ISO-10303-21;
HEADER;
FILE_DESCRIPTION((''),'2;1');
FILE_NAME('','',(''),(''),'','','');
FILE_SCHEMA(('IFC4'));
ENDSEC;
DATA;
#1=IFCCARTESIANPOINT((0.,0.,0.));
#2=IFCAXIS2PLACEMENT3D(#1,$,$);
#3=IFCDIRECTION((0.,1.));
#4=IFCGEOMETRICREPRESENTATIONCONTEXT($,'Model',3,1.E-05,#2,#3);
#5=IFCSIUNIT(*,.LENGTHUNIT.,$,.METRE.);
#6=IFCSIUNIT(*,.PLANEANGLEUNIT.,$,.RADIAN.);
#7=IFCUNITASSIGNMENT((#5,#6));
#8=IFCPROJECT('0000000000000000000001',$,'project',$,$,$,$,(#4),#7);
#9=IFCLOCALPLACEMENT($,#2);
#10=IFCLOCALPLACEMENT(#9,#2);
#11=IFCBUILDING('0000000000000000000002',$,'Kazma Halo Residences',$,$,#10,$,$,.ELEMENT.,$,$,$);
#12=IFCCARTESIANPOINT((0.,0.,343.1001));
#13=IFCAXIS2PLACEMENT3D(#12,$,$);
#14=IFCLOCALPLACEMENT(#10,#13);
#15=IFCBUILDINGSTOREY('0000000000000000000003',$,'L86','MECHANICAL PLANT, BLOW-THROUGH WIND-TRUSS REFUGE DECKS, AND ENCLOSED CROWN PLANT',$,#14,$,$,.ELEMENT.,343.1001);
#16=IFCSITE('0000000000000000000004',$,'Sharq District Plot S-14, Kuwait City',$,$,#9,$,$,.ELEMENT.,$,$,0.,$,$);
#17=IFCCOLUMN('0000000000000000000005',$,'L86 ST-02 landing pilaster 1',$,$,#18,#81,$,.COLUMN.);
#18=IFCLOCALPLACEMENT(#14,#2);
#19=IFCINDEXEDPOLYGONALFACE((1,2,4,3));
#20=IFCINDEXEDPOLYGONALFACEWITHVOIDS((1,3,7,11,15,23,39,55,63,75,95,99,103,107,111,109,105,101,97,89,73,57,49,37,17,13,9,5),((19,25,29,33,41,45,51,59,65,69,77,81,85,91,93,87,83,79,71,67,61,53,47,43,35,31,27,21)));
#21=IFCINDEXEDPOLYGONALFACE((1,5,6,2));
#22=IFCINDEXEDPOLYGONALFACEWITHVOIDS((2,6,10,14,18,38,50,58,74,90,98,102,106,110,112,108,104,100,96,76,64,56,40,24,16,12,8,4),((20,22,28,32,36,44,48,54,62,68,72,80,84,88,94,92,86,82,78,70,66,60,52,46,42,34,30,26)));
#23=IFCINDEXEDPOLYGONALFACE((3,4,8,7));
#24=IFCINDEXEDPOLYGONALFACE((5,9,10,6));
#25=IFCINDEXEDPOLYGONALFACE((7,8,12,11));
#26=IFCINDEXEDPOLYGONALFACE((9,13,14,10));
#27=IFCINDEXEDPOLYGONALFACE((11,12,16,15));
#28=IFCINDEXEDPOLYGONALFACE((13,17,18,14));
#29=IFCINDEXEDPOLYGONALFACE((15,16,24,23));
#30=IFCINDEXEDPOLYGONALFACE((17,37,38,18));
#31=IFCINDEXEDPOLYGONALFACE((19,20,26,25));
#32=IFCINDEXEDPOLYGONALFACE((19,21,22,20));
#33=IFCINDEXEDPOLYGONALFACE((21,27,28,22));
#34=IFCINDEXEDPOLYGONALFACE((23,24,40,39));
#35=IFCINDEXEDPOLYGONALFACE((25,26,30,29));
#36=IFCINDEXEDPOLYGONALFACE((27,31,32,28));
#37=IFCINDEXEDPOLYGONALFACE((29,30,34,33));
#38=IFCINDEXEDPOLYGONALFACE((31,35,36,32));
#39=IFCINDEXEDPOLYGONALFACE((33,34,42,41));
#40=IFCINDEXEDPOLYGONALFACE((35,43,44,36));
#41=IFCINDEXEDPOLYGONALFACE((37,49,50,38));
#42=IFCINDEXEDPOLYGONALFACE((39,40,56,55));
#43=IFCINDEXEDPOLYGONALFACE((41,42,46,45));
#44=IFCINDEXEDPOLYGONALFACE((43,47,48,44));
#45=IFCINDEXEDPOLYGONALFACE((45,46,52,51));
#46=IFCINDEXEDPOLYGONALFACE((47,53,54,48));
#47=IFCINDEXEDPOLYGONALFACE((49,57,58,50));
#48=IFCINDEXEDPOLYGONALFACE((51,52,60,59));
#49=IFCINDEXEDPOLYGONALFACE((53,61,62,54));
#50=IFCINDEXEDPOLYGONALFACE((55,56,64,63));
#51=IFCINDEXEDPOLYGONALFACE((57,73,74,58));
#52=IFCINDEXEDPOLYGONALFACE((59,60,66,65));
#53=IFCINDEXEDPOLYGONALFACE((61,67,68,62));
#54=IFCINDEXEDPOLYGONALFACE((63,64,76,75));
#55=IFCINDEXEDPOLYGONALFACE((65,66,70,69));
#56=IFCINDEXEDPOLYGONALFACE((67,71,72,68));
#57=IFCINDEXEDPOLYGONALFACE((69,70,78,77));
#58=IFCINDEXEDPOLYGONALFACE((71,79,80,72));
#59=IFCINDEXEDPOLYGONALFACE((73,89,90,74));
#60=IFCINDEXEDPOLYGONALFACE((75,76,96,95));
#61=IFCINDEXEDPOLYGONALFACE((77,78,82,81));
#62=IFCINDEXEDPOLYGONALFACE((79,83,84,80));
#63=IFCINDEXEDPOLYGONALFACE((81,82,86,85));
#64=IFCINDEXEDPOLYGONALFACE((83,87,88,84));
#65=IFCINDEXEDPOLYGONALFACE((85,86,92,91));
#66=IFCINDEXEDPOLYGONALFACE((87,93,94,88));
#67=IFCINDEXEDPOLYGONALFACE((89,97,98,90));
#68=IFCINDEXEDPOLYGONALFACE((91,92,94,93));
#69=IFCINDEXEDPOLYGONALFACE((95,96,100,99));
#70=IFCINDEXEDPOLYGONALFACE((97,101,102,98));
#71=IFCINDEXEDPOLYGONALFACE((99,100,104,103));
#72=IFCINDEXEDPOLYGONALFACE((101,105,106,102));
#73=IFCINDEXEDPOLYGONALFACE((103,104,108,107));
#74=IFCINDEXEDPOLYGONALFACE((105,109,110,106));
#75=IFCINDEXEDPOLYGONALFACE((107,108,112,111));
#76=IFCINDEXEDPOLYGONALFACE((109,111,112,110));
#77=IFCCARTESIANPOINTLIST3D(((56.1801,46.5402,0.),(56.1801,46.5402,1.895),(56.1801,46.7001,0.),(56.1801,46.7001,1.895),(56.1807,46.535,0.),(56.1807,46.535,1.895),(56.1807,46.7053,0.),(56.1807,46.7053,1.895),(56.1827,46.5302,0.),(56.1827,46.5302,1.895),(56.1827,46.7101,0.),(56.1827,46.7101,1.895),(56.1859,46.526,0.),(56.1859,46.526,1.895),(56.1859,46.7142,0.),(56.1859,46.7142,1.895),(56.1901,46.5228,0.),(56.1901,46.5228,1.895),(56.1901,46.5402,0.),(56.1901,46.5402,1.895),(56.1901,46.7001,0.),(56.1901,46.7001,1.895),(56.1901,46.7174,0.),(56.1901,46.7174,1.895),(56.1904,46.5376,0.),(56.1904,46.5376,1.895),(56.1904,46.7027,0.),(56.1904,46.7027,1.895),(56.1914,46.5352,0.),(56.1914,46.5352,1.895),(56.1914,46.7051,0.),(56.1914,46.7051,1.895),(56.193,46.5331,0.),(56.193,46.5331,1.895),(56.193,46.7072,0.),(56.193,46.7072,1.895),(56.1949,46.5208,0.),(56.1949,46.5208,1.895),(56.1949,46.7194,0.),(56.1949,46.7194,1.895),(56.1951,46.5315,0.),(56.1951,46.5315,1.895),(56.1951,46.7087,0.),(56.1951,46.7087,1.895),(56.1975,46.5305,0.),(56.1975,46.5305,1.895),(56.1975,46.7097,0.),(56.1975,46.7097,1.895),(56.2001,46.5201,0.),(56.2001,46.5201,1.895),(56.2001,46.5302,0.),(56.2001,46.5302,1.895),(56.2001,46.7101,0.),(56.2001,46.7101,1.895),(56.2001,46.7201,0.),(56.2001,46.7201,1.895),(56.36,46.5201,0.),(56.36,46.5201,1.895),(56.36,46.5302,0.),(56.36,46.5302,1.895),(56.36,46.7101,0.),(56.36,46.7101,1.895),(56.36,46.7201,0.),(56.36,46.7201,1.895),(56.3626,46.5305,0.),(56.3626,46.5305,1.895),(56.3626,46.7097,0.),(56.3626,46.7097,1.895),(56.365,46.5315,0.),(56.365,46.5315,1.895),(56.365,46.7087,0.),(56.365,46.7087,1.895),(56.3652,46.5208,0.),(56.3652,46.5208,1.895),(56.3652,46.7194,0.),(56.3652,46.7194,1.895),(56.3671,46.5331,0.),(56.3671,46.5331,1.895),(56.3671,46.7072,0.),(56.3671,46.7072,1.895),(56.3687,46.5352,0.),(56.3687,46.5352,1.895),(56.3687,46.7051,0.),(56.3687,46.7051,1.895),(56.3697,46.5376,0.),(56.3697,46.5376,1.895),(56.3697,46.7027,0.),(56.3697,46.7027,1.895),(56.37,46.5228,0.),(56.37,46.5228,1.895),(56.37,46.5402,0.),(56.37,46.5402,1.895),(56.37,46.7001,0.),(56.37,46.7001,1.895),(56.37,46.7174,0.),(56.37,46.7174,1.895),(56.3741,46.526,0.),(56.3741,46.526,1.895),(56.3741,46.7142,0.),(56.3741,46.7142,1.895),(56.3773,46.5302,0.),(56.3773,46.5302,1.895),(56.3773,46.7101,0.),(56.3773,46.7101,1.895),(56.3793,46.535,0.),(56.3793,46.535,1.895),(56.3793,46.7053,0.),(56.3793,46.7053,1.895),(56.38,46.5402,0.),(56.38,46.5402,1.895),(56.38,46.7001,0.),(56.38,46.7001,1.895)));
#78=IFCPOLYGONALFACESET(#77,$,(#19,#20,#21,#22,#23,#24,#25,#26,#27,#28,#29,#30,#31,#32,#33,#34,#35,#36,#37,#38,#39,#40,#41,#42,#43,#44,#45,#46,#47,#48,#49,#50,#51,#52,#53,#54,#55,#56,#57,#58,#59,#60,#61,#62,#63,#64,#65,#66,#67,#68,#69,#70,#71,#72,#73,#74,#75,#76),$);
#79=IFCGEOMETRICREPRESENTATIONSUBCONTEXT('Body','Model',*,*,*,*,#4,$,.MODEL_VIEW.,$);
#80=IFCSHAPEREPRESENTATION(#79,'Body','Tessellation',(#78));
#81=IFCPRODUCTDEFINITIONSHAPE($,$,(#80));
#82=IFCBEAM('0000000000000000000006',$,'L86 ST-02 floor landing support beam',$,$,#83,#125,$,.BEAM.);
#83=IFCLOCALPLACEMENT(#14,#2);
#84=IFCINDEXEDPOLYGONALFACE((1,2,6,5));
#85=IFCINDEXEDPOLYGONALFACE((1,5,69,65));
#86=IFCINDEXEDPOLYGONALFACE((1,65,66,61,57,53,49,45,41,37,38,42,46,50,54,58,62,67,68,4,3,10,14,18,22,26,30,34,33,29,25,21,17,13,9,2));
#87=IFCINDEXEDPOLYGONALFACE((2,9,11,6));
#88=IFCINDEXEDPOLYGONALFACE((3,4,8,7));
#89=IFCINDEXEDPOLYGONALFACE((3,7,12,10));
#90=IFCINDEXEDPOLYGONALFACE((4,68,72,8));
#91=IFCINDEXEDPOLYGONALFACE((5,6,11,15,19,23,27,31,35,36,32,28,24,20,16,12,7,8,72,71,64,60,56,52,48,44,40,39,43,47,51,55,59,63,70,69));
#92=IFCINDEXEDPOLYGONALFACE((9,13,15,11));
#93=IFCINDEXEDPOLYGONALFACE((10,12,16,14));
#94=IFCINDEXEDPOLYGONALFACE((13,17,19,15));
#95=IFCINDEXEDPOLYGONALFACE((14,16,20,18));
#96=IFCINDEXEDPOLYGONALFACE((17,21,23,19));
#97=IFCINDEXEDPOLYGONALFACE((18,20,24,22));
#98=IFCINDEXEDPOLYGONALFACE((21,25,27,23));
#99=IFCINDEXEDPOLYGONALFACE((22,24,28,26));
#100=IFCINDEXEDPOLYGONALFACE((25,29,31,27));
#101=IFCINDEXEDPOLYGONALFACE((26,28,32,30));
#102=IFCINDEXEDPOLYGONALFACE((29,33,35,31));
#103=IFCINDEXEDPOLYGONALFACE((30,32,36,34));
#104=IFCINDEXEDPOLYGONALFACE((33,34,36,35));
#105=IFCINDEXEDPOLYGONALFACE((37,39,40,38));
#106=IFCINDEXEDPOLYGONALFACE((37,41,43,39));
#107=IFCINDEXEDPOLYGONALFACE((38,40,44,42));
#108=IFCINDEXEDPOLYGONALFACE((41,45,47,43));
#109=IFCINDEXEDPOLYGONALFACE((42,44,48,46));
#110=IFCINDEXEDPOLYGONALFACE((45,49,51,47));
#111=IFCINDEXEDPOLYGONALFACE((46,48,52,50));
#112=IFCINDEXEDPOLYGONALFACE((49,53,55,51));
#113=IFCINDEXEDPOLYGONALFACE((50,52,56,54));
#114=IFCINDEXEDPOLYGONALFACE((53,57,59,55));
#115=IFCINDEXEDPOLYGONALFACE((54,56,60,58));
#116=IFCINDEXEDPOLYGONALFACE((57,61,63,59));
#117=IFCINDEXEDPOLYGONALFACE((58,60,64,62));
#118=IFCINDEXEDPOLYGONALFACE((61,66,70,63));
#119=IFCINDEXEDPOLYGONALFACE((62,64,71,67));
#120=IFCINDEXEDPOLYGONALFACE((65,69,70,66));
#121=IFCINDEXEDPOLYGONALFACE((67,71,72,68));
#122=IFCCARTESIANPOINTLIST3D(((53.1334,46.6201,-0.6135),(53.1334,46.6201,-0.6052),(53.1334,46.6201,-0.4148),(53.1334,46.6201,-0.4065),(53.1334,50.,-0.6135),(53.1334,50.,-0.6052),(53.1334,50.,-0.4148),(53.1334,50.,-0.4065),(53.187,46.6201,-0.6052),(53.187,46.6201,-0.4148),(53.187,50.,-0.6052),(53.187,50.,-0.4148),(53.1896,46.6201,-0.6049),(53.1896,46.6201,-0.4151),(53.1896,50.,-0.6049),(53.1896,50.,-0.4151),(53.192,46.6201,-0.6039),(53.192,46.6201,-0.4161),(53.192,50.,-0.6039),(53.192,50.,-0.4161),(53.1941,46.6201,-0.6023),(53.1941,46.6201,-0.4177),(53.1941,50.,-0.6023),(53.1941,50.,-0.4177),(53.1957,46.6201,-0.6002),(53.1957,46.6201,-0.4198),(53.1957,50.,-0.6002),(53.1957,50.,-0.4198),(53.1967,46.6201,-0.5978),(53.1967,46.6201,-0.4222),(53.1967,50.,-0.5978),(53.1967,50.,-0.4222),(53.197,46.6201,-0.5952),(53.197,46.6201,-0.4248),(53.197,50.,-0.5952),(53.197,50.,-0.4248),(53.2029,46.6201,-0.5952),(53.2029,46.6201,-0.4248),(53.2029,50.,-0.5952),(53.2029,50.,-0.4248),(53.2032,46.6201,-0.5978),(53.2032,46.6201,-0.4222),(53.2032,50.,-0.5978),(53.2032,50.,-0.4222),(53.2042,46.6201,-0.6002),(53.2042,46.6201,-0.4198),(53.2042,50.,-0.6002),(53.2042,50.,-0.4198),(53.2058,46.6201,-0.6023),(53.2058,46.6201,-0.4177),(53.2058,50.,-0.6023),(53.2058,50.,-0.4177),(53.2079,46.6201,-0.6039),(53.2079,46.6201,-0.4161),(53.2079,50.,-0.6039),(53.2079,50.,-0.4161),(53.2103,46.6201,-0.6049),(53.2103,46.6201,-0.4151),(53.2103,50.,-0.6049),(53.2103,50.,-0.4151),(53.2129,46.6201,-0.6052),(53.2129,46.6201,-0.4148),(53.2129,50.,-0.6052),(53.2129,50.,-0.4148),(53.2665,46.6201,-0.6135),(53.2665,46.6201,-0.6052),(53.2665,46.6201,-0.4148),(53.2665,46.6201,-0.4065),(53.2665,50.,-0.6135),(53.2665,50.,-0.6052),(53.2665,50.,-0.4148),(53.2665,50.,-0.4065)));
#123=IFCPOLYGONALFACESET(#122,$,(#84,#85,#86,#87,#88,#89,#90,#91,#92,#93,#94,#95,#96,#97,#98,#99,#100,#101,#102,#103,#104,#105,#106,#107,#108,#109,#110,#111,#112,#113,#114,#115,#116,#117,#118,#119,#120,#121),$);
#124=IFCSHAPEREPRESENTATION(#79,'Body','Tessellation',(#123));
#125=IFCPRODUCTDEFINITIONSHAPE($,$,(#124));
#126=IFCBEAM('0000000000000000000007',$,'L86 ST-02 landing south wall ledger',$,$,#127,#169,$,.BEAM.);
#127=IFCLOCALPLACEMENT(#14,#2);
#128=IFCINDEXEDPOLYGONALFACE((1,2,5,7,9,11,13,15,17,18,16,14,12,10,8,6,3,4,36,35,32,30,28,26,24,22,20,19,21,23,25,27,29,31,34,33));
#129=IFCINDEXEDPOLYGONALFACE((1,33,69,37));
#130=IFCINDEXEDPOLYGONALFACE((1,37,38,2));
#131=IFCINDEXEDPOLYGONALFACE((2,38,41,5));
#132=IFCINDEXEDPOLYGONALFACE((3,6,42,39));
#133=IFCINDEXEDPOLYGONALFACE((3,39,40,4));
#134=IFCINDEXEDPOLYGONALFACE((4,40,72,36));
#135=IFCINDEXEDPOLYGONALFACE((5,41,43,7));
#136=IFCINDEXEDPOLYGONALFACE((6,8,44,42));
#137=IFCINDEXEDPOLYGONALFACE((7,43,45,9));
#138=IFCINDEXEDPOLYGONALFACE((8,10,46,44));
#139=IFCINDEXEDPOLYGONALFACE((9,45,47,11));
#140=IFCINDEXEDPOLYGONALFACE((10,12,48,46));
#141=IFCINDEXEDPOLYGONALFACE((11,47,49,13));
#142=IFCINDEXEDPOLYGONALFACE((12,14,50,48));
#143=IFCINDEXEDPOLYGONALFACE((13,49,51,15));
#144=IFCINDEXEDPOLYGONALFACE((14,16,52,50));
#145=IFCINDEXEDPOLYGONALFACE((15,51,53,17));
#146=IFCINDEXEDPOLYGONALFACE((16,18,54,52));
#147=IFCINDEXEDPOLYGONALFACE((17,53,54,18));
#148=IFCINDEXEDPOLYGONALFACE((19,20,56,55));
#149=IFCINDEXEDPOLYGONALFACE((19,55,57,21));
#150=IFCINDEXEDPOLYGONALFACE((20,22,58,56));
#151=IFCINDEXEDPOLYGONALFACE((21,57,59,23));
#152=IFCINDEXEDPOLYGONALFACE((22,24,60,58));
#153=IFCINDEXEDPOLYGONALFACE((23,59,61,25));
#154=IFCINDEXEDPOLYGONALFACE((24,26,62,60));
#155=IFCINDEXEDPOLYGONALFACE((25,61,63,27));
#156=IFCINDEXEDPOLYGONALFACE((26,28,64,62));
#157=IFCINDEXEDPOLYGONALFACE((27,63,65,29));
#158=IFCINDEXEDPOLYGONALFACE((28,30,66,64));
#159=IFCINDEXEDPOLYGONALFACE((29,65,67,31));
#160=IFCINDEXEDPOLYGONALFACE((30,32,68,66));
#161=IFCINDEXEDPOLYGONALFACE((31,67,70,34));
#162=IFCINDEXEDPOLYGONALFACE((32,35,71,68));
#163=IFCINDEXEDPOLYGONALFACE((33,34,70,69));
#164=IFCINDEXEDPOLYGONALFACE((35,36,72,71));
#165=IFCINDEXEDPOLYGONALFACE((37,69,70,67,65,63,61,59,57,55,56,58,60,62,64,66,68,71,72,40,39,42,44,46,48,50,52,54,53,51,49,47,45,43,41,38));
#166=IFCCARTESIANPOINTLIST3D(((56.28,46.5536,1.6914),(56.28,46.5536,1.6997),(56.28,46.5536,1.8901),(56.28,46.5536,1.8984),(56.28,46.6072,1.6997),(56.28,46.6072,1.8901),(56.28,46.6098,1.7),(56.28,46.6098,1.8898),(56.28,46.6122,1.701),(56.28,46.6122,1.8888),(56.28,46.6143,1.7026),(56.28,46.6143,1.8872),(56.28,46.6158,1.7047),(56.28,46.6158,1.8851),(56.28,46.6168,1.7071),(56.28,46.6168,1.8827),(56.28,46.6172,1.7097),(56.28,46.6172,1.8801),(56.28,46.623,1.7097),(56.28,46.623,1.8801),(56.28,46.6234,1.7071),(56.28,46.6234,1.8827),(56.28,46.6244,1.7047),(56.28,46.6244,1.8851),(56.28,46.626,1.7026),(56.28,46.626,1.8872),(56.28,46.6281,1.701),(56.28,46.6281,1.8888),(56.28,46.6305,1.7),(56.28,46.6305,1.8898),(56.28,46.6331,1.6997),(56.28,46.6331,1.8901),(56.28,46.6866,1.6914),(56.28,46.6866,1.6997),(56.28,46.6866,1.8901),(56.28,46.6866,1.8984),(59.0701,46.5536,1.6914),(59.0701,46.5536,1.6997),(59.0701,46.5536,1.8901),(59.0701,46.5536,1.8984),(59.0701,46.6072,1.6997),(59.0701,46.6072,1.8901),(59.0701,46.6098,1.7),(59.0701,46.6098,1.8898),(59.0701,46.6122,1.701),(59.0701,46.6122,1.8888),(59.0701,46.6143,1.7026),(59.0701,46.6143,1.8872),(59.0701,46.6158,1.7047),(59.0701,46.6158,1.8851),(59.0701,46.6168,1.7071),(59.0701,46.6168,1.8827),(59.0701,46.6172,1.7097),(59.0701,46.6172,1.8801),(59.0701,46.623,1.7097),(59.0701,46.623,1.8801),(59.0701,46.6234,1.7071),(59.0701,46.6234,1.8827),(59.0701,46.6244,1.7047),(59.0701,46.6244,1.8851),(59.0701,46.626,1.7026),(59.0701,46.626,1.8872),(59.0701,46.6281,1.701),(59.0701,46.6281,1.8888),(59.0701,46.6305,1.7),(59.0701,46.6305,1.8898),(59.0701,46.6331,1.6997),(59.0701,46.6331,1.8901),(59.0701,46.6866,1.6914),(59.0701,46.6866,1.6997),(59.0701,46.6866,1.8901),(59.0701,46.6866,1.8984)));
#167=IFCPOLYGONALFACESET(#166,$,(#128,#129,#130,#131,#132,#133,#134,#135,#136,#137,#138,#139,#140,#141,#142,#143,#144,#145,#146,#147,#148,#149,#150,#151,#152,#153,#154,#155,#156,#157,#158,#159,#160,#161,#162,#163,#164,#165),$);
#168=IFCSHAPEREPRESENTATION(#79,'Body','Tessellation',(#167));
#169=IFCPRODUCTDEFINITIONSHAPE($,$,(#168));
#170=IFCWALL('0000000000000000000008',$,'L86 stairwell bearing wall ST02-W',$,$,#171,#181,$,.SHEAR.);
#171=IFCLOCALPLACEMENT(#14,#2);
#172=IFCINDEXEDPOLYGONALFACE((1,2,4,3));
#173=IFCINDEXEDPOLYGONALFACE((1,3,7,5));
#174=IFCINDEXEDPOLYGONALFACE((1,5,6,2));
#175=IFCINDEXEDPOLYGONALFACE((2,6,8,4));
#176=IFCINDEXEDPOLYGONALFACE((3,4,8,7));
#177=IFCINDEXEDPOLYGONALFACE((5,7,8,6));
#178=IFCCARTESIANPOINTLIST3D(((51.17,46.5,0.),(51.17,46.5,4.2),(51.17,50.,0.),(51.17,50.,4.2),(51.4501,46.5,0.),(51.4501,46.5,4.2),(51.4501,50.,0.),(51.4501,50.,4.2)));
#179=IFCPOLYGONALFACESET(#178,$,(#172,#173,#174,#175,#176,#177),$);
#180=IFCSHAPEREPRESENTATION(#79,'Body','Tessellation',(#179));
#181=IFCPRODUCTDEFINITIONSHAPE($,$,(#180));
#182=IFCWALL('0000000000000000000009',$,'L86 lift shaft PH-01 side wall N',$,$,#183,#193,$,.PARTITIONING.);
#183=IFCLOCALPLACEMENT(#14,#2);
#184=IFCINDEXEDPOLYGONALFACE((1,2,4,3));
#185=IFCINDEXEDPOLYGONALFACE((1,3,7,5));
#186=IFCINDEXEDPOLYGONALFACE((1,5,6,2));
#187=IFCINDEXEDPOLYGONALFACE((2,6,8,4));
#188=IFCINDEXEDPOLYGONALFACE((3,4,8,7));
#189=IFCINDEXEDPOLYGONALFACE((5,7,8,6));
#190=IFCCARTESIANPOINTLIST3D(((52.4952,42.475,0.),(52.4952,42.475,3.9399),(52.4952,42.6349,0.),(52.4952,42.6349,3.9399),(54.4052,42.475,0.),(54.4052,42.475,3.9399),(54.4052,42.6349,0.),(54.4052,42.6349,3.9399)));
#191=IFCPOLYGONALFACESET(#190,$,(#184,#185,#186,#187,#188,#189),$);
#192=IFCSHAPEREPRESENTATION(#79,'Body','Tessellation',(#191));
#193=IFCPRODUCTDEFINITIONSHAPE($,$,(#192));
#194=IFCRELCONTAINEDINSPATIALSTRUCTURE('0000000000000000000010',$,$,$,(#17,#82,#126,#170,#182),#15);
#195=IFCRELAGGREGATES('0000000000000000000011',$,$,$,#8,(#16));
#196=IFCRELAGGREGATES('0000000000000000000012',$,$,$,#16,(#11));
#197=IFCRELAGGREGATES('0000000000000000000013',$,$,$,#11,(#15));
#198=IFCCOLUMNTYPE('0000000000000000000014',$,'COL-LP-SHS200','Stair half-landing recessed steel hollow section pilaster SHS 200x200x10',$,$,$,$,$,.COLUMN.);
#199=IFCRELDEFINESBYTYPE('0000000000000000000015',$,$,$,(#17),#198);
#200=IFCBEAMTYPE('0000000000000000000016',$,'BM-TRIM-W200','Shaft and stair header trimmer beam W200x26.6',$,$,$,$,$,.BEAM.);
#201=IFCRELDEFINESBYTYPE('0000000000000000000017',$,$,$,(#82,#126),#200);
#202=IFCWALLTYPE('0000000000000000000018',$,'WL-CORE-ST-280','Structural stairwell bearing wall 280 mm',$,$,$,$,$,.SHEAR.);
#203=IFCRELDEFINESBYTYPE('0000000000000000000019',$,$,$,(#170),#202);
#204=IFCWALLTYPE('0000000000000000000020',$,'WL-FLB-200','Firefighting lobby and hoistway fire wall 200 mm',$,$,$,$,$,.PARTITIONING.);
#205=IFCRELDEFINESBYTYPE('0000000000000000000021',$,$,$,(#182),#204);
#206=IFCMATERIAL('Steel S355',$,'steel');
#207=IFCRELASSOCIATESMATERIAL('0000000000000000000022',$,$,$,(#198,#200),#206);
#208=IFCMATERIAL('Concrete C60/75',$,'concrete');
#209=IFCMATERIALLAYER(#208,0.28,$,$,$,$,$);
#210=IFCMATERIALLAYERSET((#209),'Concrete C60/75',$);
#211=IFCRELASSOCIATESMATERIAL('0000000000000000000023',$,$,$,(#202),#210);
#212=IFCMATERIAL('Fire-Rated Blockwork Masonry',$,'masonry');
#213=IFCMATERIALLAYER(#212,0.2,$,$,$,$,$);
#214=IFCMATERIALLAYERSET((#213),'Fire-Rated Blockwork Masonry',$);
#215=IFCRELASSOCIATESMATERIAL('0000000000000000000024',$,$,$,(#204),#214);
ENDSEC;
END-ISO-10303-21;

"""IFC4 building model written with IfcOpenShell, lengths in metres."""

from ifc_helpers import new_model, si_unit, direction, frame, frame_2d, origin, origin_2d, place, context, subcontext, project, spatial, rectangle, hollow_rectangle, i_section, extrude, material, layer, layer_set, material_profile, profile_set, type_object, element, save


model = new_model("IFC4")

# Units and contexts
model_context = context("Model", 3, precision=1e-05, world=origin(), true_north=direction((0.0, 1.0)))
body_context = subcontext(model_context, "Body", "Model", "MODEL_VIEW")
ifc_project = project(units=[si_unit("LENGTHUNIT", "METRE"), si_unit("PLANEANGLEUNIT", "RADIAN")], contexts=[model_context])

# Site, building, storey
site_placement = place(None, origin())
site = spatial("IfcSite", under=ifc_project, at=site_placement, Name="Sharq District Plot S-14, Kuwait City", CompositionType="ELEMENT", RefElevation=0.0)
building_placement = place(site_placement, origin())
building = spatial("IfcBuilding", under=site, at=building_placement, Name="Kazma Halo Residences", CompositionType="ELEMENT")
storey_placement = place(building_placement, frame((0.0, 0.0, 343.1001)))
storey = spatial("IfcBuildingStorey", under=building, at=storey_placement, Name="L86", Description="MECHANICAL PLANT, BLOW-THROUGH WIND-TRUSS REFUGE DECKS, AND ENCLOSED CROWN PLANT", CompositionType="ELEMENT", Elevation=343.1001)

# Column
ifc_material_1 = material(Name="Steel S355", Category="steel")
ifc_material_profile_1 = material_profile(ifc_material_1, hollow_rectangle(XDim=0.2, YDim=0.2, WallThickness=0.01, InnerFilletRadius=0.01, OuterFilletRadius=0.02, at=origin_2d()), Name="SHS200x200x10")
ifc_profile_set_1 = profile_set([ifc_material_profile_1], Name="Steel S355")
column_type = type_object("IfcColumnType", Name="COL-LP-SHS200", Description="Stair half-landing recessed steel hollow section pilaster SHS 200x200x10", PredefinedType="COLUMN", material=ifc_profile_set_1)
column_placement = place(storey_placement, frame((56.28, 46.6201, 0.0), z_axis=(0.0, 0.0, 1.0), x_axis=(1.0, 0.0, 0.0)))
element("IfcColumn", 1, at=column_placement, inside=storey, type_object=column_type, Name="L86 ST-02 landing pilaster 1", PredefinedType="COLUMN", context=body_context, shape_type="SweptSolid", body=[
    extrude(hollow_rectangle(XDim=0.2, YDim=0.2, WallThickness=0.01, InnerFilletRadius=0.01, OuterFilletRadius=0.02, at=origin_2d()), origin(), (0.0, 0.0, 1.0), 1.895),
])

# Beams
ifc_material_profile_2 = material_profile(ifc_material_1, i_section(OverallWidth=0.1331, OverallDepth=0.207, WebThickness=0.0059, FlangeThickness=0.0083, FilletRadius=0.01, at=origin_2d()), Name="W200x26.6")
ifc_profile_set_2 = profile_set([ifc_material_profile_2], Name="Steel S355")
beam_type = type_object("IfcBeamType", Name="BM-TRIM-W200", Description="Shaft and stair header trimmer beam W200x26.6", PredefinedType="BEAM", material=ifc_profile_set_2)
beam_1_placement = place(storey_placement, frame((53.2, 46.6201, -0.51), z_axis=(0.0, 1.0, 0.0), x_axis=(-1.0, 0.0, 0.0)))
element("IfcBeam", 2, at=beam_1_placement, inside=storey, type_object=beam_type, Name="L86 ST-02 floor landing support beam", PredefinedType="BEAM", context=body_context, shape_type="SweptSolid", body=[
    extrude(i_section(OverallWidth=0.1331, OverallDepth=0.207, WebThickness=0.0059, FlangeThickness=0.0083, FilletRadius=0.01, at=origin_2d()), origin(), (0.0, 0.0, 1.0), 3.3799),
])
beam_2_placement = place(storey_placement, frame((56.28, 46.6201, 1.7949), z_axis=(1.0, 0.0, 0.0), x_axis=(0.0, 1.0, 0.0)))
element("IfcBeam", 3, at=beam_2_placement, inside=storey, type_object=beam_type, Name="L86 ST-02 landing south wall ledger", PredefinedType="BEAM", context=body_context, shape_type="SweptSolid", body=[
    extrude(i_section(OverallWidth=0.1331, OverallDepth=0.207, WebThickness=0.0059, FlangeThickness=0.0083, FilletRadius=0.01, at=origin_2d()), origin(), (0.0, 0.0, 1.0), 2.79),
])

# Walls
ifc_material_2 = material(Name="Concrete C60/75", Category="concrete")
ifc_layer_1 = layer(ifc_material_2, 0.28)
ifc_layer_set_1 = layer_set([ifc_layer_1], Name="Concrete C60/75")
wall_type_1 = type_object("IfcWallType", Name="WL-CORE-ST-280", Description="Structural stairwell bearing wall 280 mm", PredefinedType="SHEAR", material=ifc_layer_set_1)
wall_1_placement = place(storey_placement, frame((51.3101, 46.5, 0.0), z_axis=(0.0, 0.0, 1.0), x_axis=(0.0, 1.0, 0.0)))
element("IfcWall", 4, at=wall_1_placement, inside=storey, type_object=wall_type_1, Name="L86 stairwell bearing wall ST02-W", PredefinedType="SHEAR", context=body_context, shape_type="SweptSolid", body=[
    extrude(rectangle(XDim=3.5, YDim=0.28, at=frame_2d((1.75, 0.0))), origin(), (0.0, 0.0, 1.0), 4.2),
])
ifc_material_3 = material(Name="Fire-Rated Blockwork Masonry", Category="masonry")
ifc_layer_2 = layer(ifc_material_3, 0.2)
ifc_layer_set_2 = layer_set([ifc_layer_2], Name="Fire-Rated Blockwork Masonry")
wall_type_2 = type_object("IfcWallType", Name="WL-FLB-200", Description="Firefighting lobby and hoistway fire wall 200 mm", PredefinedType="PARTITIONING", material=ifc_layer_set_2)
for number, where, z_axis, x_axis, name in (
    (5, (52.4951, 42.5549, 0.0), (0.0, 0.0, 1.0), (1.0, 0.0, 0.0), "L86 lift shaft PH-01 side wall N"),
):
    element("IfcWall", number, at=place(storey_placement, frame(where, z_axis=z_axis, x_axis=x_axis)), inside=storey, type_object=wall_type_2, Name=name, PredefinedType="PARTITIONING", context=body_context, shape_type="SweptSolid", body=[
        extrude(rectangle(XDim=1.9099, YDim=0.1599, at=frame_2d((0.9551, 0.0))), origin(), (0.0, 0.0, 1.0), 3.9399),
    ])

save(model, "model.ifc")
